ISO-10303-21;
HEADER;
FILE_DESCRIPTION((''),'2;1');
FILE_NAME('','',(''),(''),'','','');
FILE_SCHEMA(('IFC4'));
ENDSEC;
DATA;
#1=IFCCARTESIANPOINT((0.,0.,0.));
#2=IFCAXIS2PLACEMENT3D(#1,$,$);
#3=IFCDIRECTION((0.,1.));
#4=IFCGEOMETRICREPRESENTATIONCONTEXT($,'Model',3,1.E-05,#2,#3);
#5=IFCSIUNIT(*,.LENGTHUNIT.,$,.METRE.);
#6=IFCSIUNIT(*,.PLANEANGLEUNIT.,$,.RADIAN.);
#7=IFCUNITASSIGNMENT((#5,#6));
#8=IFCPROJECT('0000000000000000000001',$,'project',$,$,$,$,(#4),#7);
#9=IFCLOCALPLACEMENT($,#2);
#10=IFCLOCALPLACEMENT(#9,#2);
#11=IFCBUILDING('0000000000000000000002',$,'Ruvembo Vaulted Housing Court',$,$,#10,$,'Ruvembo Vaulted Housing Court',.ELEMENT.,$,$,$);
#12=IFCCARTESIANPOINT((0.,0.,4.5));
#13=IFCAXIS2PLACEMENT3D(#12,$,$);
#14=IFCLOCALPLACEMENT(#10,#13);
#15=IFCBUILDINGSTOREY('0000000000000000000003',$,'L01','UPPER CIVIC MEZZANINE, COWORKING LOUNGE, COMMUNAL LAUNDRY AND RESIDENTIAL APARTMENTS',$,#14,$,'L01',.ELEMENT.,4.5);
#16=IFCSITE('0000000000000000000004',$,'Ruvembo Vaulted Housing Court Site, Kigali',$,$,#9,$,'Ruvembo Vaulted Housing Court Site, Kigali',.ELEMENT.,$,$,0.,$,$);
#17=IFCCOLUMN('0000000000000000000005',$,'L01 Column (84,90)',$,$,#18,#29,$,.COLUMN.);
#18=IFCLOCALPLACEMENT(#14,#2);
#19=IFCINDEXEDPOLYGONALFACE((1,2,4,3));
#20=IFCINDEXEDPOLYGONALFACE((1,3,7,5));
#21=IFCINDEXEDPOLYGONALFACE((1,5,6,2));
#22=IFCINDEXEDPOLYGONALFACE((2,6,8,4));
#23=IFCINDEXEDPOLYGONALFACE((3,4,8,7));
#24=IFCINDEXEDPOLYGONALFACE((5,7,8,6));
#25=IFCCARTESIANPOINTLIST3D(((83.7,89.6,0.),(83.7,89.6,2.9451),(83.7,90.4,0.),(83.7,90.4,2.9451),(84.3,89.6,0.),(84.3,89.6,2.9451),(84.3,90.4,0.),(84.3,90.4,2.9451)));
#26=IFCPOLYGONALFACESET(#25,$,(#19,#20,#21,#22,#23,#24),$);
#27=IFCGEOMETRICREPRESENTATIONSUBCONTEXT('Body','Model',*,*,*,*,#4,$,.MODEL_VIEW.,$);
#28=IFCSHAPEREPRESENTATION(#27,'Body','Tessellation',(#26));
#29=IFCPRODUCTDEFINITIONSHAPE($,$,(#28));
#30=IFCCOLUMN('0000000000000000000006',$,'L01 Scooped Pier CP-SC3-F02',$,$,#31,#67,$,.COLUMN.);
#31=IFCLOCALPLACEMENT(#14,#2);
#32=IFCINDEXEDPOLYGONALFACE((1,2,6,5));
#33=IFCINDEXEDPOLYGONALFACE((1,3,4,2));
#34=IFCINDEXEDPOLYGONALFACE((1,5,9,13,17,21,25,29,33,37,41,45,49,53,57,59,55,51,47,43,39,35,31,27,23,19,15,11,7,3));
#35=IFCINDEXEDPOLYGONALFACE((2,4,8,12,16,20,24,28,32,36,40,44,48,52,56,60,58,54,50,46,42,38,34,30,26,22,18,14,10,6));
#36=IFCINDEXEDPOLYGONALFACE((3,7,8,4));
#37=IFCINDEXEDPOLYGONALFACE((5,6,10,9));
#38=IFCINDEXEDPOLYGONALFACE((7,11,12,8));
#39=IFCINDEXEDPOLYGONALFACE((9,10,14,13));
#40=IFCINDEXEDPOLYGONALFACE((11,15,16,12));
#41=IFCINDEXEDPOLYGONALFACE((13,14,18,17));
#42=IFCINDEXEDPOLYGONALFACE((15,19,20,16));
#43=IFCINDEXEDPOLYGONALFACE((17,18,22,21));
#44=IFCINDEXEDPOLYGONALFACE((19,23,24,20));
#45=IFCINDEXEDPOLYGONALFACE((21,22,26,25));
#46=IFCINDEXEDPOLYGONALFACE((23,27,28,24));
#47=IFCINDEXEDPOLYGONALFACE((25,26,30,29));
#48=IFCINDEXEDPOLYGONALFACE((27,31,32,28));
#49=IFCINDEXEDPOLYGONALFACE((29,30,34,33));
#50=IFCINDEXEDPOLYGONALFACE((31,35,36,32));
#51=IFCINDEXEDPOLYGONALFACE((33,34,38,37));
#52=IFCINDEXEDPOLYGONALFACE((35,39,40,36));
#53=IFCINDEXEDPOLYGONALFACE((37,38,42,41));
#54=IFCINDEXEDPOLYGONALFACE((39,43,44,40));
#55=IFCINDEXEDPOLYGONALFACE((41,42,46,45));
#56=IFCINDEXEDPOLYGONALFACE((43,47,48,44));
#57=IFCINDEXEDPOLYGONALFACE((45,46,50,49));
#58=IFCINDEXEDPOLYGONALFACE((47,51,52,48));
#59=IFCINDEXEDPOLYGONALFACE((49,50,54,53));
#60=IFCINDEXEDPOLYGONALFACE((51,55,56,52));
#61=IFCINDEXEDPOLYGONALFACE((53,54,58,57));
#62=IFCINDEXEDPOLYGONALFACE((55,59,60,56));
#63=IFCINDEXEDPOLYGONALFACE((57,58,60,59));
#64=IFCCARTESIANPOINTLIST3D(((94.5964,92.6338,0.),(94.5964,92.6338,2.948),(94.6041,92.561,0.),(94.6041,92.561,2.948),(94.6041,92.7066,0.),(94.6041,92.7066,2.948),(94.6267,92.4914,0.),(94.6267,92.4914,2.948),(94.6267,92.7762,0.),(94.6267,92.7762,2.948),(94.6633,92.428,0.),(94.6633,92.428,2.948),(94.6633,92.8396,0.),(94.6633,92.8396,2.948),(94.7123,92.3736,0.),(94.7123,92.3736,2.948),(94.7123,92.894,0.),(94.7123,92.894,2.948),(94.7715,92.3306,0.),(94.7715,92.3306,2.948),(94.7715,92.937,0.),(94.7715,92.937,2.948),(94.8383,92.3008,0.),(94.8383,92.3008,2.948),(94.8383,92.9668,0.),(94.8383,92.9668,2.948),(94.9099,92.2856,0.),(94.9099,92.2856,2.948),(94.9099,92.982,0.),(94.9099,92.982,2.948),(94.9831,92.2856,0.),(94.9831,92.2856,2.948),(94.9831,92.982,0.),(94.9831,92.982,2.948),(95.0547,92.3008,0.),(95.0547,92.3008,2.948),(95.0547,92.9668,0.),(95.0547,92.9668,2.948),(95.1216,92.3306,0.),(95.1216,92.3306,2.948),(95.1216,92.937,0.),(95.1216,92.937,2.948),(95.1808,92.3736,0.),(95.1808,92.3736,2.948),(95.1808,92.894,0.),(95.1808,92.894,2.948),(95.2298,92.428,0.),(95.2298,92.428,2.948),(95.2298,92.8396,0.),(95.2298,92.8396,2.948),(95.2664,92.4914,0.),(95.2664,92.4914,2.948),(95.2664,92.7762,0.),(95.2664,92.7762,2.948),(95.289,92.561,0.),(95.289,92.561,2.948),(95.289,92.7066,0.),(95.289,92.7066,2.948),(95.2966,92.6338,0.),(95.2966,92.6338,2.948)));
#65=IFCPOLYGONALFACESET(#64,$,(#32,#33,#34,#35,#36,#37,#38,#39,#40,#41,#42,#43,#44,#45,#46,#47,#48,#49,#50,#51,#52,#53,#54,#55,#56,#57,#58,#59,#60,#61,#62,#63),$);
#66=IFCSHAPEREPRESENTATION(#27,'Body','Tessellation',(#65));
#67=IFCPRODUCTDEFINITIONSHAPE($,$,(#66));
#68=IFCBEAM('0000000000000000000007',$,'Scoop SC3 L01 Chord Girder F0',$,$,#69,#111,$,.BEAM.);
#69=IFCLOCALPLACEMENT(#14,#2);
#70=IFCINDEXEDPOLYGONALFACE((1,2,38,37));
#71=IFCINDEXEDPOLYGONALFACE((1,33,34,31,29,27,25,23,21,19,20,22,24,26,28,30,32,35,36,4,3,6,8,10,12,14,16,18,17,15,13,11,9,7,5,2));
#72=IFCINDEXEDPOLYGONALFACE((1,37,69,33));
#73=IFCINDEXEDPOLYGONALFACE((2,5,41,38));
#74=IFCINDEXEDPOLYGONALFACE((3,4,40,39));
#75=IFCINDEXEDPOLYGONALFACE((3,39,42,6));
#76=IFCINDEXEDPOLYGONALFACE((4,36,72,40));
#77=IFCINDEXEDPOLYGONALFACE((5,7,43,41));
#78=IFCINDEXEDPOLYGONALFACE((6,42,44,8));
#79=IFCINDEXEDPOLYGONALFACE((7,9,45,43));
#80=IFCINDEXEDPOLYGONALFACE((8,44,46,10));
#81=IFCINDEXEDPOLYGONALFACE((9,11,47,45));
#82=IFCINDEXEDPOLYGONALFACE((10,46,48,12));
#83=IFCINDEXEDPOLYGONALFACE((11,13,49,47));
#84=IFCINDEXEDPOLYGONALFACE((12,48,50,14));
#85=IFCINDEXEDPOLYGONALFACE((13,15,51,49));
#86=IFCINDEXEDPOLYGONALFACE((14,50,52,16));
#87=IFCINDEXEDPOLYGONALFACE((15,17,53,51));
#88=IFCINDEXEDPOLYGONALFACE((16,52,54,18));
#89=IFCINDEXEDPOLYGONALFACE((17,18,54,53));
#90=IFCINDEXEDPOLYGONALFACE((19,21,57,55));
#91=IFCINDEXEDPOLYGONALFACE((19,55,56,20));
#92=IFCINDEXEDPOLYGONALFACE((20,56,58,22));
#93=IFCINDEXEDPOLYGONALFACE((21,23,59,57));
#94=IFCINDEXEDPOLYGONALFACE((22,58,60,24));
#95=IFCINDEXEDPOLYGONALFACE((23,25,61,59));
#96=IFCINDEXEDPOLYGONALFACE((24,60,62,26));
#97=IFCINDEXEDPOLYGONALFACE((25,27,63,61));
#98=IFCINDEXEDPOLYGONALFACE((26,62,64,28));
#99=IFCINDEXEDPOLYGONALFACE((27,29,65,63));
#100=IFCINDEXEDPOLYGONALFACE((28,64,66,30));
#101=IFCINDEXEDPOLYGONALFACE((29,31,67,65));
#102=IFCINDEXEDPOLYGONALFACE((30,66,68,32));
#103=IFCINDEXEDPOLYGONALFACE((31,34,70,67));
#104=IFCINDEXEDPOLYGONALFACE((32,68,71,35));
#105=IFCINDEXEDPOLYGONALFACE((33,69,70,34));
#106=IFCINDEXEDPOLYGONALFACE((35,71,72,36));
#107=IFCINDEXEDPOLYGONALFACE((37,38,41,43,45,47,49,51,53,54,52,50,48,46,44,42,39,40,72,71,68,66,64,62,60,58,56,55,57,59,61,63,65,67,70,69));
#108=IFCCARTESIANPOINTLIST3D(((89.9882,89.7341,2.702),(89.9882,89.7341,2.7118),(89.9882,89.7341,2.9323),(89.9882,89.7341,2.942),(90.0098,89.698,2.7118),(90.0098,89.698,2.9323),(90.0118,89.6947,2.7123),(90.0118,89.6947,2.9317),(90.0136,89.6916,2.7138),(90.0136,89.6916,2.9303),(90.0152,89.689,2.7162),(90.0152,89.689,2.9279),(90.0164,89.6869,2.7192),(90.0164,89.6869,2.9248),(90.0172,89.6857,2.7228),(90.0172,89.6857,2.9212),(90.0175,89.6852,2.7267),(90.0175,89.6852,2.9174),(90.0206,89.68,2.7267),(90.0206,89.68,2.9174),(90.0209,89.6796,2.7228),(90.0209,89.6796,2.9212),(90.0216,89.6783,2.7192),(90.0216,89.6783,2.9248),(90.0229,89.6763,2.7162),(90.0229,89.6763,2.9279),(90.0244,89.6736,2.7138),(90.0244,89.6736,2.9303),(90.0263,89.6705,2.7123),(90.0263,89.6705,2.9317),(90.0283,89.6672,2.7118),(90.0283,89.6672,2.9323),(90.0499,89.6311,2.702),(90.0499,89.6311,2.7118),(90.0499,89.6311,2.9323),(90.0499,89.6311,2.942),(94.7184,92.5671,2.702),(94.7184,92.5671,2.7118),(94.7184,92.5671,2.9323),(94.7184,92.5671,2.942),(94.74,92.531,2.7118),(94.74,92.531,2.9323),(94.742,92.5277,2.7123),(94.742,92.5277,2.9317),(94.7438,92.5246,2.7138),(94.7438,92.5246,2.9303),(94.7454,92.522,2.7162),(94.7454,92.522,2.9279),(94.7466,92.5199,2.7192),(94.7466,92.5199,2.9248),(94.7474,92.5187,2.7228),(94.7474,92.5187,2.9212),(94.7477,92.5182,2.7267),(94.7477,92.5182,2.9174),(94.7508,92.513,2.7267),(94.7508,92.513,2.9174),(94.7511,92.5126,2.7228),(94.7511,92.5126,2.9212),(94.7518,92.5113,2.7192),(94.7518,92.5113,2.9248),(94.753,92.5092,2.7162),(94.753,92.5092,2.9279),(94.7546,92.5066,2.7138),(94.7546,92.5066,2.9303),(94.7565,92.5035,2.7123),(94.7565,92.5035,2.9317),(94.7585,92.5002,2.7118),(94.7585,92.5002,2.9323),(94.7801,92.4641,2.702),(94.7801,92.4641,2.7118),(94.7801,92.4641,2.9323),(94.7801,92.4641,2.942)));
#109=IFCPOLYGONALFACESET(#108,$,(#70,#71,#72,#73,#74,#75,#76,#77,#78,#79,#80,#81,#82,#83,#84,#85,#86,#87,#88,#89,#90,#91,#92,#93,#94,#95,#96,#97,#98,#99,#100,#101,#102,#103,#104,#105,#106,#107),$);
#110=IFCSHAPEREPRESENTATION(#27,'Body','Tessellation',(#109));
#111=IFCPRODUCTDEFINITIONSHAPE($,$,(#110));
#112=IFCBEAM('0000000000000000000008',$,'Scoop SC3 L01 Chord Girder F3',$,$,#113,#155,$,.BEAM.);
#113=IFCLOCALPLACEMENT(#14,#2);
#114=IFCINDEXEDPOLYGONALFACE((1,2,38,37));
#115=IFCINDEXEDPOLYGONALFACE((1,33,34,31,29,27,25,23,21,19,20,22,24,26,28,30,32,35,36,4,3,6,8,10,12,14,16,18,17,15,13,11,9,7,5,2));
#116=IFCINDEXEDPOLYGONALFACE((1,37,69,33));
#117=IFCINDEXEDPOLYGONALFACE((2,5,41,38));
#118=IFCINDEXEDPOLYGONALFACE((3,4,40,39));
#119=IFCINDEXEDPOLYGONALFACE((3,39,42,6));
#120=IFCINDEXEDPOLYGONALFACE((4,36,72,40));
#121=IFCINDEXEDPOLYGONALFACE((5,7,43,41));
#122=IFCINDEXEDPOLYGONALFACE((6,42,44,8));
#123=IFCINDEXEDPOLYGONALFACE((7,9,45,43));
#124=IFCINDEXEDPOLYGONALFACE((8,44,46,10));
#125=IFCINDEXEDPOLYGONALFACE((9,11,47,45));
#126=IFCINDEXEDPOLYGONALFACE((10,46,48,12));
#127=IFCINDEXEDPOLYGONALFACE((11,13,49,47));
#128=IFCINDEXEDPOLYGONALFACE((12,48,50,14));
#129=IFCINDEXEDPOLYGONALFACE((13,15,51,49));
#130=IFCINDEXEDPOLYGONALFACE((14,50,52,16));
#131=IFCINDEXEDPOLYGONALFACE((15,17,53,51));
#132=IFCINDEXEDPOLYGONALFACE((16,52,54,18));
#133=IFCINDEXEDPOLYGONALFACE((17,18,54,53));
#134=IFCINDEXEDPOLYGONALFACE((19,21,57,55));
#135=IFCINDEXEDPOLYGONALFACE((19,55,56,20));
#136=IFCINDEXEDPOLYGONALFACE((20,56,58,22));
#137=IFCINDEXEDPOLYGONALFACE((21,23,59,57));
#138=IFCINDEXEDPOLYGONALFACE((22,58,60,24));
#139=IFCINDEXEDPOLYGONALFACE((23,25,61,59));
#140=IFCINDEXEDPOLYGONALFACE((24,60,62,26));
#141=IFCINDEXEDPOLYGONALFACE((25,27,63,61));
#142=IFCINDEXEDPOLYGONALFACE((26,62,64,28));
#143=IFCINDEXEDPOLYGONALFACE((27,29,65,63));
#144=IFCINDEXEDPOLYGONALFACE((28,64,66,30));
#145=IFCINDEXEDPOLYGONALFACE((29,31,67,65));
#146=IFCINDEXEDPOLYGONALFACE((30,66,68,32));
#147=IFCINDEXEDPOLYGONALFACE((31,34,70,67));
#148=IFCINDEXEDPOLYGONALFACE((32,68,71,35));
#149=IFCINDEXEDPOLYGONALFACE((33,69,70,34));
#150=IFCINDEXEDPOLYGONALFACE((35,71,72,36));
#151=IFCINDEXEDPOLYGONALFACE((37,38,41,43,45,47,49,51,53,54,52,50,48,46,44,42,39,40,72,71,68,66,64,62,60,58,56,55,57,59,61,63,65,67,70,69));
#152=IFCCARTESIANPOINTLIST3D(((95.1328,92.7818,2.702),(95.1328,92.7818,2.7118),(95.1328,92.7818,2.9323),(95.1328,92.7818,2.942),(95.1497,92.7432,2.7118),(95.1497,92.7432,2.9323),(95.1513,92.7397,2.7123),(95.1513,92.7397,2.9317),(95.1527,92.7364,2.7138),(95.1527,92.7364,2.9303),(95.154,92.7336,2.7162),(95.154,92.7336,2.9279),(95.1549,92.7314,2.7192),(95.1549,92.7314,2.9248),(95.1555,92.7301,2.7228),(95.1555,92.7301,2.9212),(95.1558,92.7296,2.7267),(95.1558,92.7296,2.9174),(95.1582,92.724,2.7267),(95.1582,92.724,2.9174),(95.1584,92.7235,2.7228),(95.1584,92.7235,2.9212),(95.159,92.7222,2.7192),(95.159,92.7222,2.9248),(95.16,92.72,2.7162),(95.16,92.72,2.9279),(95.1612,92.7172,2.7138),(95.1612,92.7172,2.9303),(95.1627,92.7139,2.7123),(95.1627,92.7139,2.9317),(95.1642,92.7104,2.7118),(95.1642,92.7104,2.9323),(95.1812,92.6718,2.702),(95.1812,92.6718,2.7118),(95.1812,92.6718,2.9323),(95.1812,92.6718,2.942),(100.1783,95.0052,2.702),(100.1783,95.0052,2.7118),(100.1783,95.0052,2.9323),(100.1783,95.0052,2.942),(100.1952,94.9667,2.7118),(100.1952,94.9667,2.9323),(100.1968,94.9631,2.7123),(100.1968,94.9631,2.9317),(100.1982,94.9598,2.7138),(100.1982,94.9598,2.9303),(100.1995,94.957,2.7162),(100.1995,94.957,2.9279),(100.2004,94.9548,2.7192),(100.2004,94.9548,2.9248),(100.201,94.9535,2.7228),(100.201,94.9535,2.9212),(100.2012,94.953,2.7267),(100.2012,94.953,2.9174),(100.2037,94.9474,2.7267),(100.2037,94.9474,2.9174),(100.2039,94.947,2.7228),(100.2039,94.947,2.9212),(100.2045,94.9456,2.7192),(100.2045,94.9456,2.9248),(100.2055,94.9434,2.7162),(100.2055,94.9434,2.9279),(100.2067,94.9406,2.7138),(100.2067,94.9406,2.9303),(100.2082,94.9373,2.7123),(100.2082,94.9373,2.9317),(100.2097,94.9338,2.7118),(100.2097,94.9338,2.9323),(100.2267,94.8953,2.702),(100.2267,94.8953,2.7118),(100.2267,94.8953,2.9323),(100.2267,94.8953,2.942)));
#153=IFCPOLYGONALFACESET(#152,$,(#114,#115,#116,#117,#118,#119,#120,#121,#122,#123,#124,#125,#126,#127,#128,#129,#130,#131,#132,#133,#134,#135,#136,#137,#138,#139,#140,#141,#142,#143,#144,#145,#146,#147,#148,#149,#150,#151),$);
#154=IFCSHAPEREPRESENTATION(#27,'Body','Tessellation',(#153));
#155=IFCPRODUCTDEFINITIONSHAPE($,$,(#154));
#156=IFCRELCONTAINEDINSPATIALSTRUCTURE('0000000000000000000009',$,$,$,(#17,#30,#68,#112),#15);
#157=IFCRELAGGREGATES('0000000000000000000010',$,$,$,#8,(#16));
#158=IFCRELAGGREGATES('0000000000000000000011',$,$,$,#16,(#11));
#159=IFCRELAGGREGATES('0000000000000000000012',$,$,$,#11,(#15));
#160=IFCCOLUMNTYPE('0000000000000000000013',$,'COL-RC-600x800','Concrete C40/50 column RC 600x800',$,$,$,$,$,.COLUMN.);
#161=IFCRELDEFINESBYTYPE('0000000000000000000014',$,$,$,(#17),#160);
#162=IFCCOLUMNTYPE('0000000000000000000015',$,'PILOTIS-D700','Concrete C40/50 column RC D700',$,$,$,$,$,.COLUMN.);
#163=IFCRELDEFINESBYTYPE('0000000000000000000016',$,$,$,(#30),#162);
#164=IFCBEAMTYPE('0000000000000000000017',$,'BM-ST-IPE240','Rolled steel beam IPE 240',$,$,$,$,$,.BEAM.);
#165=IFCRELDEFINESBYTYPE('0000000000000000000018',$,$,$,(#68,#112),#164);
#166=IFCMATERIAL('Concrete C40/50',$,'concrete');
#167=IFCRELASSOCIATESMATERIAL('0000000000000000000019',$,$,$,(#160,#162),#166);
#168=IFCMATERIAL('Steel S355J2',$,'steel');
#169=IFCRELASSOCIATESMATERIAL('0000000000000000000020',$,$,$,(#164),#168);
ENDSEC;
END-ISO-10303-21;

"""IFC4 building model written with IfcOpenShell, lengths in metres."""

from ifc_helpers import new_model, si_unit, direction, frame, origin, origin_2d, place, context, subcontext, project, spatial, rectangle, circle, i_section, extrude, material, material_profile, profile_set, type_object, element, save


model = new_model("IFC4")

# Units and contexts
model_context = context("Model", 3, precision=1e-05, world=origin(), true_north=direction((0.0, 1.0)))
body_context = subcontext(model_context, "Body", "Model", "MODEL_VIEW")
ifc_project = project(units=[si_unit("LENGTHUNIT", "METRE"), si_unit("PLANEANGLEUNIT", "RADIAN")], contexts=[model_context])

# Site, building, storey
site_placement = place(None, origin())
site = spatial("IfcSite", under=ifc_project, at=site_placement, Name="Ruvembo Vaulted Housing Court Site, Kigali", LongName="Ruvembo Vaulted Housing Court Site, Kigali", CompositionType="ELEMENT", RefElevation=0.0)
building_placement = place(site_placement, origin())
building = spatial("IfcBuilding", under=site, at=building_placement, Name="Ruvembo Vaulted Housing Court", LongName="Ruvembo Vaulted Housing Court", CompositionType="ELEMENT")
storey_placement = place(building_placement, frame((0.0, 0.0, 4.5)))
storey = spatial("IfcBuildingStorey", under=building, at=storey_placement, Name="L01", Description="UPPER CIVIC MEZZANINE, COWORKING LOUNGE, COMMUNAL LAUNDRY AND RESIDENTIAL APARTMENTS", LongName="L01", CompositionType="ELEMENT", Elevation=4.5)

# Columns
ifc_material_1 = material(Name="Concrete C40/50", Category="concrete")
ifc_material_profile_1 = material_profile(ifc_material_1, rectangle(XDim=0.6001, YDim=0.8, at=origin_2d()), Name="RC 600x800")
ifc_profile_set_1 = profile_set([ifc_material_profile_1], Name="Concrete C40/50")
column_type_1 = type_object("IfcColumnType", Name="COL-RC-600x800", Description="Concrete C40/50 column RC 600x800", PredefinedType="COLUMN", material=ifc_profile_set_1)
column_1_placement = place(storey_placement, frame((84.0, 90.0, 0.0), z_axis=(0.0, 0.0, 1.0), x_axis=(1.0, 0.0, 0.0)))
element("IfcColumn", 1, at=column_1_placement, inside=storey, type_object=column_type_1, Name="L01 Column (84,90)", PredefinedType="COLUMN", context=body_context, shape_type="SweptSolid", body=[
    extrude(rectangle(XDim=0.6001, YDim=0.8, at=origin_2d()), origin(), (0.0, 0.0, 1.0), 2.9451),
])
ifc_material_profile_2 = material_profile(ifc_material_1, circle(Radius=0.3501, at=origin_2d()), Name="RC D700")
ifc_profile_set_2 = profile_set([ifc_material_profile_2], Name="Concrete C40/50")
column_type_2 = type_object("IfcColumnType", Name="PILOTIS-D700", Description="Concrete C40/50 column RC D700", PredefinedType="COLUMN", material=ifc_profile_set_2)
column_2_placement = place(storey_placement, frame((94.9465, 92.6338, 0.0), z_axis=(0.0, 0.0, 1.0), x_axis=(1.0, 0.0, 0.0)))
element("IfcColumn", 2, at=column_2_placement, inside=storey, type_object=column_type_2, Name="L01 Scooped Pier CP-SC3-F02", PredefinedType="COLUMN", context=body_context, shape_type="SweptSolid", body=[
    extrude(circle(Radius=0.3501, at=origin_2d()), origin(), (0.0, 0.0, 1.0), 2.948),
])

# Beams
ifc_material_2 = material(Name="Steel S355J2", Category="steel")
ifc_material_profile_3 = material_profile(ifc_material_2, i_section(OverallWidth=0.1201, OverallDepth=0.24, WebThickness=0.0061, FlangeThickness=0.0098, FilletRadius=0.0149, at=origin_2d()), Name="IPE 240")
ifc_profile_set_3 = profile_set([ifc_material_profile_3], Name="Steel S355J2")
beam_type_1 = type_object("IfcBeamType", Name="BM-ST-IPE240", Description="Rolled steel beam IPE 240", PredefinedType="BEAM", material=ifc_profile_set_3)
for number, where, z_axis, x_axis, name in (
    (3, (90.019, 89.6826, 2.822), (0.857903, 0.513812, 0.0), (-0.513812, 0.857903, 0.0), "Scoop SC3 L01 Chord Girder F0"),
    (4, (95.157, 92.7268, 2.822), (0.915087, 0.403256, 0.0), (-0.403256, 0.915087, 0.0), "Scoop SC3 L01 Chord Girder F3"),
):
    element("IfcBeam", number, at=place(storey_placement, frame(where, z_axis=z_axis, x_axis=x_axis)), inside=storey, type_object=beam_type_1, Name=name, PredefinedType="BEAM", context=body_context, shape_type="SweptSolid", body=[
        extrude(i_section(OverallWidth=0.1201, OverallDepth=0.24, WebThickness=0.0061, FlangeThickness=0.0098, FilletRadius=0.0149, at=origin_2d()), origin(), (0.0, 0.0, 1.0), 5.5137),
    ])

save(model, "model.ifc")
